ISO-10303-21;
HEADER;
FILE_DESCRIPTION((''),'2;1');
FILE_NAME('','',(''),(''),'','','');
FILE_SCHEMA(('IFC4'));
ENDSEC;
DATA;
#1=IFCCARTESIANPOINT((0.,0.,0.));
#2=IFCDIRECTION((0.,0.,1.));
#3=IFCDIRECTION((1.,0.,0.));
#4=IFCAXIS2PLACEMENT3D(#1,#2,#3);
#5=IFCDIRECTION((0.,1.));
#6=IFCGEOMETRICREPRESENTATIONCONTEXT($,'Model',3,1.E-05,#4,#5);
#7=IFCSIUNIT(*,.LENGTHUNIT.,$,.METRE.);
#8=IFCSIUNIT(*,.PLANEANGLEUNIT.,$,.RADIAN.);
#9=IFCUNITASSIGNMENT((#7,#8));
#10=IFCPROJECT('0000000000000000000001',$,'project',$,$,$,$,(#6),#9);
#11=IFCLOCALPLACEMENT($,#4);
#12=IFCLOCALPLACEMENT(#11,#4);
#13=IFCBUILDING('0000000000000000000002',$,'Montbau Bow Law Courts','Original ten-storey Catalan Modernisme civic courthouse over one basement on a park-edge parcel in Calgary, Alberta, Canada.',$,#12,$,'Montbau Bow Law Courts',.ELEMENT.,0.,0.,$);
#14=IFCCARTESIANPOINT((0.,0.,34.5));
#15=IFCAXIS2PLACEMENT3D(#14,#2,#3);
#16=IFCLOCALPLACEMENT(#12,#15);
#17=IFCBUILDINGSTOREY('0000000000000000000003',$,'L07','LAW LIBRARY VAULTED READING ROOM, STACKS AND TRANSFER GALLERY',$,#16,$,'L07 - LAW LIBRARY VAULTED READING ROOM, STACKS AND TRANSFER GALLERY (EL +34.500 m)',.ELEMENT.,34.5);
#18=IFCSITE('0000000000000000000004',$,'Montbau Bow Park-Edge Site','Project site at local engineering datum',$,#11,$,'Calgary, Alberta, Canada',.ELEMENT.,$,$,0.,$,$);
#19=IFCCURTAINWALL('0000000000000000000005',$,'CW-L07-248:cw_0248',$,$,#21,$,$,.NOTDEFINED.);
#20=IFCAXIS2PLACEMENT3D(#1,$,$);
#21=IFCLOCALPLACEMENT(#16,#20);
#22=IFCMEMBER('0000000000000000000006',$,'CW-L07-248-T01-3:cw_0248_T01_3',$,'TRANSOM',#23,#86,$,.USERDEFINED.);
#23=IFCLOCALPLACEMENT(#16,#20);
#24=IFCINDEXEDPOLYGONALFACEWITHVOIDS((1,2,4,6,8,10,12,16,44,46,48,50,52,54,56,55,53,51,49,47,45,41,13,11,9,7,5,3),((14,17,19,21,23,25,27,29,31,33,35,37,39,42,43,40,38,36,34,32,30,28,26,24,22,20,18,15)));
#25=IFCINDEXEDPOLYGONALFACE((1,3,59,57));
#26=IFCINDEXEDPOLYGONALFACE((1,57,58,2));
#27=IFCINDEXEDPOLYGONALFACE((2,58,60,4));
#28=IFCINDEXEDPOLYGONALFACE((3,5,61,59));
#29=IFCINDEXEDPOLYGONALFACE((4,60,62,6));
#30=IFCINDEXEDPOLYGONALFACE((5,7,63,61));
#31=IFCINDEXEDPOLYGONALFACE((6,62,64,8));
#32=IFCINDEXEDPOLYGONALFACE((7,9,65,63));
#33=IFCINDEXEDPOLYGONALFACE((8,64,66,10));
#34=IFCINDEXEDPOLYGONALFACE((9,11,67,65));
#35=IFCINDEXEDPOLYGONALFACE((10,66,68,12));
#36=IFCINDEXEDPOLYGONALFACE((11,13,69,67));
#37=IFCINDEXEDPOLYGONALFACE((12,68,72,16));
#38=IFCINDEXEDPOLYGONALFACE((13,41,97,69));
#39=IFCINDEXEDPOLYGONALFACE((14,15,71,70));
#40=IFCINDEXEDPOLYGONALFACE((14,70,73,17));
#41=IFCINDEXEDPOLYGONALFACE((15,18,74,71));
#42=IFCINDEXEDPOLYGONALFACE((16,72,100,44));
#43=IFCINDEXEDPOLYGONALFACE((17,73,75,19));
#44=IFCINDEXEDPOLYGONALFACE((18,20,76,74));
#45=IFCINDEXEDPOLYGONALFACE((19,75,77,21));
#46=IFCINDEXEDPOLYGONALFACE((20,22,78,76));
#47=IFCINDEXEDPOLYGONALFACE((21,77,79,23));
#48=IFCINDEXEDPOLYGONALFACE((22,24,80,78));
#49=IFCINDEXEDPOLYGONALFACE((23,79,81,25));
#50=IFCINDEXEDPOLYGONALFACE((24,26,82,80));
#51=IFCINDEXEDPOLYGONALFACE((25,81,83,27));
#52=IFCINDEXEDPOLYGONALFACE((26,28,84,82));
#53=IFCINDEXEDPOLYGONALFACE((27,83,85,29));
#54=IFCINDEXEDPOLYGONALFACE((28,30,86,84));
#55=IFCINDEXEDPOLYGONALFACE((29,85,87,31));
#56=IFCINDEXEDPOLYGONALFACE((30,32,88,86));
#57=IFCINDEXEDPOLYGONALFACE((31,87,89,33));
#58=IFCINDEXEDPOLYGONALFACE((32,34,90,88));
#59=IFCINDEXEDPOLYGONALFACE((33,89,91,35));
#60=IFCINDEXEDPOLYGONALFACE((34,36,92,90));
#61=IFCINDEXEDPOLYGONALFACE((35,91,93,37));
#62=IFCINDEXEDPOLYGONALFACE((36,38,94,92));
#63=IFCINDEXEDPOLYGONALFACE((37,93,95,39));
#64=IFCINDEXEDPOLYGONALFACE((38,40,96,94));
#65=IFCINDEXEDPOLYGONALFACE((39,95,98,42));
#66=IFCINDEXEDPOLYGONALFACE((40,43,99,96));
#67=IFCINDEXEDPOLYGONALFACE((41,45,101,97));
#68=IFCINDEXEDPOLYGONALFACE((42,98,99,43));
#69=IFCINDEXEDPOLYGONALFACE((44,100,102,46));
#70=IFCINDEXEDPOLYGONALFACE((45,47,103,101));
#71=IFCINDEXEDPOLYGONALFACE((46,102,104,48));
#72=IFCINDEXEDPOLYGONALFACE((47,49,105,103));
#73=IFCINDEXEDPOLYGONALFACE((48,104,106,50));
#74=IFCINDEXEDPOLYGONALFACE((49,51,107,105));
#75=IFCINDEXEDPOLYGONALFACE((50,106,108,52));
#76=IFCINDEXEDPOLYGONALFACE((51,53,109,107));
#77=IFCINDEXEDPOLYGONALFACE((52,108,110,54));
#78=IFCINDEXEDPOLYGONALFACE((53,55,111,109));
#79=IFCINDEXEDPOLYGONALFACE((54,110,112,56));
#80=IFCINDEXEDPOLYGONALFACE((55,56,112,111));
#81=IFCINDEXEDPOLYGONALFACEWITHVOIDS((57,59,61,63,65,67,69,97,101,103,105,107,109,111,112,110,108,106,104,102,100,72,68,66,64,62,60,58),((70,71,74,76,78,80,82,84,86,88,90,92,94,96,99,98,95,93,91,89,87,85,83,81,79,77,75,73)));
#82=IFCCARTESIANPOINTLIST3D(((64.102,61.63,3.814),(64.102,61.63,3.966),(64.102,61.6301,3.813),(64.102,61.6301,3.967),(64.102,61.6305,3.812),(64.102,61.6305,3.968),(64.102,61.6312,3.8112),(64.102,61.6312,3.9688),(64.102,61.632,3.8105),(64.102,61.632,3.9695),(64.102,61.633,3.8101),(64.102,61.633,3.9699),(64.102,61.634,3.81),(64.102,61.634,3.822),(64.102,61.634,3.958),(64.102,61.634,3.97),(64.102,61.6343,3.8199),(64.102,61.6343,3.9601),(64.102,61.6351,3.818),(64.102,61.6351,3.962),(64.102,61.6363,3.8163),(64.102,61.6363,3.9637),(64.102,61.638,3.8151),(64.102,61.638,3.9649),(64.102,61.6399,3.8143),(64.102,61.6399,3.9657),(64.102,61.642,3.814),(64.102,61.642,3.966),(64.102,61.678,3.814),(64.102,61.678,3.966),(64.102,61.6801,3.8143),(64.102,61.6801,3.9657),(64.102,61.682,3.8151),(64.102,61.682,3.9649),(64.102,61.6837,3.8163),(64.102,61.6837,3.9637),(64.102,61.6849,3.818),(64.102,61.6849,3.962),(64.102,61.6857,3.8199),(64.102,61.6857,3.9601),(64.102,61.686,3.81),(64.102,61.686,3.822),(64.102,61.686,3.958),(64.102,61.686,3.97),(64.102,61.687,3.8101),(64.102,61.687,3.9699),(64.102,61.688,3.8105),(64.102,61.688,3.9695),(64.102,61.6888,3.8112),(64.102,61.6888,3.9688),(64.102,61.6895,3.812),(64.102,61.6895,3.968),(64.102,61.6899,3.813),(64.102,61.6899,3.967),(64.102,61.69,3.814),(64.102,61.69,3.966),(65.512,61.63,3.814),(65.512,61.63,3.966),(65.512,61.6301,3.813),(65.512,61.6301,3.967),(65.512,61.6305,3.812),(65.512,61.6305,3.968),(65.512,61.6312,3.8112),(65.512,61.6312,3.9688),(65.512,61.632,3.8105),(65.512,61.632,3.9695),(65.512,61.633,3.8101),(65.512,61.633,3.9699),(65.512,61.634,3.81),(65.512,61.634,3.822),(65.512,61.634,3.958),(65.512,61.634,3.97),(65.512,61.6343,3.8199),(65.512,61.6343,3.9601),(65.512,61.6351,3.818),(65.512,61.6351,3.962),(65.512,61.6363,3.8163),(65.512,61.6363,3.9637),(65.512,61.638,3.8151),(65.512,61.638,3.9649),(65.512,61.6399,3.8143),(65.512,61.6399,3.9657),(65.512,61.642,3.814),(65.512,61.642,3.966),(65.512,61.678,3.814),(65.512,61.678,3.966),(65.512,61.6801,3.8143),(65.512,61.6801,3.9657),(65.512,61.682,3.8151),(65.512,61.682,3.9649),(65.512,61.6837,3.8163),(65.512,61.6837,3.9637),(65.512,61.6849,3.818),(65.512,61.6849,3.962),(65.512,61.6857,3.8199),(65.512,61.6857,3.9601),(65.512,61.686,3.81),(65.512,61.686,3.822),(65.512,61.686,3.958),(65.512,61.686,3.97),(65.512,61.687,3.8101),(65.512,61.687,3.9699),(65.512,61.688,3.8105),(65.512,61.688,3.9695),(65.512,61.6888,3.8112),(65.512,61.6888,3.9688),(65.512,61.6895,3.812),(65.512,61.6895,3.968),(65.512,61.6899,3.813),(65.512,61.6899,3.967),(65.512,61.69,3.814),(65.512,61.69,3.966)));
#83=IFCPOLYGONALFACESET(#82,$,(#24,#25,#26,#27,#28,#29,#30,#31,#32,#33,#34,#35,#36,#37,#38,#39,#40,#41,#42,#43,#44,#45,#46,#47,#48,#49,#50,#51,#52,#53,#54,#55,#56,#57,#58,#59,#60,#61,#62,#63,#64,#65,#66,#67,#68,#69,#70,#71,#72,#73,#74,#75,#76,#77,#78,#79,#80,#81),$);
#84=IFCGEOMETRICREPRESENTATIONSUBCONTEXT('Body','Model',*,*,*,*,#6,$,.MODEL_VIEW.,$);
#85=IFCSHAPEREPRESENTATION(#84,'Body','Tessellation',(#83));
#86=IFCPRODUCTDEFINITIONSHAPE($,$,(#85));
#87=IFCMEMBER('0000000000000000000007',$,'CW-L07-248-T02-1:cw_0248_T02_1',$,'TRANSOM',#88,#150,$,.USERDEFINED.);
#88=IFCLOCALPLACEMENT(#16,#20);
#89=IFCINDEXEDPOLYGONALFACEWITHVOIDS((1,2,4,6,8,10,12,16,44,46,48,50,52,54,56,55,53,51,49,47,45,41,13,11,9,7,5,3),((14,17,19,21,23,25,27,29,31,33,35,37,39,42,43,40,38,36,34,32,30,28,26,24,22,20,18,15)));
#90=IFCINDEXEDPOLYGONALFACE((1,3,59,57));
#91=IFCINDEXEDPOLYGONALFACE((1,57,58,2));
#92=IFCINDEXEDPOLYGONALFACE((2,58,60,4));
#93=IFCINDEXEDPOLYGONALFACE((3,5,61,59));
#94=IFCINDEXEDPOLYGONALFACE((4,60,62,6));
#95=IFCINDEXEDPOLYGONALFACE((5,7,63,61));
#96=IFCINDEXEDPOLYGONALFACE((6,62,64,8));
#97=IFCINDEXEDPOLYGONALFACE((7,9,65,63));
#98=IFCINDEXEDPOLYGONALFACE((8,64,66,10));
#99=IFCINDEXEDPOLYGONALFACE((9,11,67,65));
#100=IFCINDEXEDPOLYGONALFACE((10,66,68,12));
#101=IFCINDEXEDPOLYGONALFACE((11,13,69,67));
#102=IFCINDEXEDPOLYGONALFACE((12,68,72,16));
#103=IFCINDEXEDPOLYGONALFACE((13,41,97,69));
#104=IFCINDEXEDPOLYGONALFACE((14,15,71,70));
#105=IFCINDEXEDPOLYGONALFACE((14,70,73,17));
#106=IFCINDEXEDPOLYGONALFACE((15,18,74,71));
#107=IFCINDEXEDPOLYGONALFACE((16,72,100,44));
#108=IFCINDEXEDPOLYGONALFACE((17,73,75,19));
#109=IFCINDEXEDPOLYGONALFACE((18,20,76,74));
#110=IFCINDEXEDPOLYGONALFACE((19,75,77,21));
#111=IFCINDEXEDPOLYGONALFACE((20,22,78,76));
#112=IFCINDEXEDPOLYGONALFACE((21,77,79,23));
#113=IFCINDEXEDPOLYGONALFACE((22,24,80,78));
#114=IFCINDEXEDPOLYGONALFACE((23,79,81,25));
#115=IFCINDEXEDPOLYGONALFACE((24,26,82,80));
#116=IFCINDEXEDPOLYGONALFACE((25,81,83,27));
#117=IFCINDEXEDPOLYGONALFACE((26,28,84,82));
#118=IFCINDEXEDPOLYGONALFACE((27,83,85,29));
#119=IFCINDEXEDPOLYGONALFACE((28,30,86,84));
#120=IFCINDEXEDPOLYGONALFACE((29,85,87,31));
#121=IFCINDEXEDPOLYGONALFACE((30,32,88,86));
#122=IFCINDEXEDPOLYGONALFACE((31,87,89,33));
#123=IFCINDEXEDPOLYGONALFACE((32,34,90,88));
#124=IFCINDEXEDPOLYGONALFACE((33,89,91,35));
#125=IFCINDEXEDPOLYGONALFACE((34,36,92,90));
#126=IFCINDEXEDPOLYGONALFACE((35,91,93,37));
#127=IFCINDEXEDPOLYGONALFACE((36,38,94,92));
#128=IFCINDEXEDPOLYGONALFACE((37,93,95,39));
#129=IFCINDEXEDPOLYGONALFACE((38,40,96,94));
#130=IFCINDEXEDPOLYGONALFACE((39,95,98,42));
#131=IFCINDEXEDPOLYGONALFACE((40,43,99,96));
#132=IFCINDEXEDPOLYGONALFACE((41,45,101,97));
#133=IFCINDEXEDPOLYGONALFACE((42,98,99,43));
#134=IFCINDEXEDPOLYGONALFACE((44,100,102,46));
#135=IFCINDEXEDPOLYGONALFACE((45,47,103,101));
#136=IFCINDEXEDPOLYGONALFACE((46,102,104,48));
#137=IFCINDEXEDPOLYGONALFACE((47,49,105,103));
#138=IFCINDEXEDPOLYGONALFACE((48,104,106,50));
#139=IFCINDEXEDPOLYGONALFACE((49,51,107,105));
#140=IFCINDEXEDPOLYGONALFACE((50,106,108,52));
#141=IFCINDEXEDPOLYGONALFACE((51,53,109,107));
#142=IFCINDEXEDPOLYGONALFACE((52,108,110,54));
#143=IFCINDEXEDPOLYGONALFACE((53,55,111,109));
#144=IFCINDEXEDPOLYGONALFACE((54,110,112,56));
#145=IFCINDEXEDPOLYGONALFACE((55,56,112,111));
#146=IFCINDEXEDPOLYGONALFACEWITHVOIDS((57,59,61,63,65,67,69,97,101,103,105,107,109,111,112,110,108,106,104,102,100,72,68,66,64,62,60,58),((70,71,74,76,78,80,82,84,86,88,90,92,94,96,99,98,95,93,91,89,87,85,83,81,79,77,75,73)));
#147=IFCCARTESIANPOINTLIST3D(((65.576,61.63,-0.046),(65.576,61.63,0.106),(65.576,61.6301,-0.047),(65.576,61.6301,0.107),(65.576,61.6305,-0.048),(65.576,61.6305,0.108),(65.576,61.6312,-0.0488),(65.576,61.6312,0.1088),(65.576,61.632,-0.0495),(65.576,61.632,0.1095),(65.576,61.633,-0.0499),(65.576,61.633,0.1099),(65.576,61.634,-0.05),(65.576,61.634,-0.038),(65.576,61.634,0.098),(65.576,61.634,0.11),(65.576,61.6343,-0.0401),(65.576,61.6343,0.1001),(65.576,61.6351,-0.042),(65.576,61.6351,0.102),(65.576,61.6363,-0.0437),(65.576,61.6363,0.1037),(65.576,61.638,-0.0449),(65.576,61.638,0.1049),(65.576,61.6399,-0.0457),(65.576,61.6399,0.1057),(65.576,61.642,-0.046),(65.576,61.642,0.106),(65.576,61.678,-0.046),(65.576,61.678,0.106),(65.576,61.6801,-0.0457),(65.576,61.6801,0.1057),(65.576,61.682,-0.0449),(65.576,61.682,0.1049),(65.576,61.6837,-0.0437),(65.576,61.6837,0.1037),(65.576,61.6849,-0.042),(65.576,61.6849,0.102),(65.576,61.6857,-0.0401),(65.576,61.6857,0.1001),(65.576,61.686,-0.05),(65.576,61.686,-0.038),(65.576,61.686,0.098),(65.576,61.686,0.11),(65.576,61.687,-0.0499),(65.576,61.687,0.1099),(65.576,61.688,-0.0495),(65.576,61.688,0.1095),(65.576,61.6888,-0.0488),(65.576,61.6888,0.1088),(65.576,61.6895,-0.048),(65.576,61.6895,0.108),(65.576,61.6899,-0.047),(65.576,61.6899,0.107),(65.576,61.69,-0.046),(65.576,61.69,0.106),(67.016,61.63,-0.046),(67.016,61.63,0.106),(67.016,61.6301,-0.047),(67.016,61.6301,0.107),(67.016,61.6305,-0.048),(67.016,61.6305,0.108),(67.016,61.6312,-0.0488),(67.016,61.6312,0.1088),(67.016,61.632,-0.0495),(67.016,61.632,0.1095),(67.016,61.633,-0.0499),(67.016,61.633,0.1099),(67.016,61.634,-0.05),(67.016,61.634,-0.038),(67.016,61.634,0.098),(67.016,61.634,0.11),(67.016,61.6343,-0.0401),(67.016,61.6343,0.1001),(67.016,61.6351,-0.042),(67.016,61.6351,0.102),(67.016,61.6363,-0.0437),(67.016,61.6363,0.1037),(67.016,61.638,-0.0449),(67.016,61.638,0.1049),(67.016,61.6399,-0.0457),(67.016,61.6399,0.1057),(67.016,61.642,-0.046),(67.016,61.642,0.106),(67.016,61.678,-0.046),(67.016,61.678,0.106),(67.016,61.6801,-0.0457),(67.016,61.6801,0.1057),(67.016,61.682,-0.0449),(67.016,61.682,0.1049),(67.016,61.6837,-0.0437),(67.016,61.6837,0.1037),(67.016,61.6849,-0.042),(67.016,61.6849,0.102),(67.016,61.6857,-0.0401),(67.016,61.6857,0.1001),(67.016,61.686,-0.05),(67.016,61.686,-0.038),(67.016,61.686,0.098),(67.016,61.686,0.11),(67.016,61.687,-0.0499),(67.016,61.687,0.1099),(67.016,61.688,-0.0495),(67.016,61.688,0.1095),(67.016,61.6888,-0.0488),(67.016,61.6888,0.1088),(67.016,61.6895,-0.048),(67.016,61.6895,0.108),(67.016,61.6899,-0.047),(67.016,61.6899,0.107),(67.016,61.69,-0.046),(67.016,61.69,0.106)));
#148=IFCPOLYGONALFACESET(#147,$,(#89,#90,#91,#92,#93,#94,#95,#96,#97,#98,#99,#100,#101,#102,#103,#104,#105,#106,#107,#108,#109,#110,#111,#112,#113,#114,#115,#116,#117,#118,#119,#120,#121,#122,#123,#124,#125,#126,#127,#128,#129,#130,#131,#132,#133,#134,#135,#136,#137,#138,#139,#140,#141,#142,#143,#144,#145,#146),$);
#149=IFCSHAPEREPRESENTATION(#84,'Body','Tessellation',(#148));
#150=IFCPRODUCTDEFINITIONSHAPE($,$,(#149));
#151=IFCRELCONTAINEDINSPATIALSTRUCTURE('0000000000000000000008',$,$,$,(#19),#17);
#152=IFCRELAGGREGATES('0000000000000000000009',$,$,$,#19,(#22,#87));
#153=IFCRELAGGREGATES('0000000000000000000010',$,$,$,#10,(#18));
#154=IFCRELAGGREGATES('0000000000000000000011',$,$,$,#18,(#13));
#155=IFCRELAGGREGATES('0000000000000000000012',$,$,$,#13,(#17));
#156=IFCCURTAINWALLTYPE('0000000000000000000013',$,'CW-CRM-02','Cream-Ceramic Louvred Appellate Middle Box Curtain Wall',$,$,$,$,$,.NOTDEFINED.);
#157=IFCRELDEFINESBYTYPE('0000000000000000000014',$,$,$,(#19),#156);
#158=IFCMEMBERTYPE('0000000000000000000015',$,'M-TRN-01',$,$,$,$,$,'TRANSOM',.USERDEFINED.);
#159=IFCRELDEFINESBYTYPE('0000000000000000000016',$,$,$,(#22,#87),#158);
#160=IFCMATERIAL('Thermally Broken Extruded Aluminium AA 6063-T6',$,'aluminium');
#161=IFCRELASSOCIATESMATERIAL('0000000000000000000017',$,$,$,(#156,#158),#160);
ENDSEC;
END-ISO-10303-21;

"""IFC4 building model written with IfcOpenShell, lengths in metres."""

from ifc_helpers import new_model, si_unit, direction, frame, origin_with_axes, origin_2d_with_axis, place, context, subcontext, project, spatial, hollow_rectangle, extrude, material, material_profile, profile_set, type_object, element, aggregate, save


model = new_model("IFC4")

# Units and contexts
model_context = context("Model", 3, precision=1e-05, world=origin_with_axes(), true_north=direction((0.0, 1.0)))
body_context = subcontext(model_context, "Body", "Model", "MODEL_VIEW")
ifc_project = project(units=[si_unit("LENGTHUNIT", "METRE"), si_unit("PLANEANGLEUNIT", "RADIAN")], contexts=[model_context])

# Site, building, storey
site_placement = place(None, origin_with_axes())
site = spatial("IfcSite", under=ifc_project, at=site_placement, Name="Montbau Bow Park-Edge Site", Description="Project site at local engineering datum", LongName="Calgary, Alberta, Canada", CompositionType="ELEMENT", RefElevation=0.0)
building_placement = place(site_placement, origin_with_axes())
building = spatial("IfcBuilding", under=site, at=building_placement, Name="Montbau Bow Law Courts", Description="Original ten-storey Catalan Modernisme civic courthouse over one basement on a park-edge parcel in Calgary, Alberta, Canada.", LongName="Montbau Bow Law Courts", CompositionType="ELEMENT", ElevationOfRefHeight=0.0, ElevationOfTerrain=0.0)
storey_placement = place(building_placement, frame((0.0, 0.0, 34.5), z_axis=(0.0, 0.0, 1.0), x_axis=(1.0, 0.0, 0.0)))
storey = spatial("IfcBuildingStorey", under=building, at=storey_placement, Name="L07", Description="LAW LIBRARY VAULTED READING ROOM, STACKS AND TRANSFER GALLERY", LongName="L07 - LAW LIBRARY VAULTED READING ROOM, STACKS AND TRANSFER GALLERY (EL +34.500 m)", CompositionType="ELEMENT", Elevation=34.5)

# Curtain wall, members
ifc_material_1 = material(Name="Thermally Broken Extruded Aluminium AA 6063-T6", Category="aluminium")
curtain_wall_type = type_object("IfcCurtainWallType", Name="CW-CRM-02", Description="Cream-Ceramic Louvred Appellate Middle Box Curtain Wall", PredefinedType="NOTDEFINED", material=ifc_material_1)
curtain_wall_1_placement = place(None, frame((64.04, 61.66, 34.5), z_axis=(0.0, 0.0, 1.0), x_axis=(1.0, 0.0, 0.0)))
curtain_wall_1 = element("IfcCurtainWall", 1, at=curtain_wall_1_placement, inside=storey, type_object=curtain_wall_type, Name="CW-L07-248:cw_0248", PredefinedType="NOTDEFINED")
ifc_material_profile_1 = material_profile(ifc_material_1, hollow_rectangle(XDim=0.06, YDim=0.16, WallThickness=0.004, InnerFilletRadius=0.008, OuterFilletRadius=0.004, at=origin_2d_with_axis()), Name="CWT-160X60", Category="Main", Priority=0)
ifc_profile_set_1 = profile_set([ifc_material_profile_1], Name="Thermally Broken Extruded Aluminium AA 6063-T6")
member_type_1 = type_object("IfcMemberType", Name="M-TRN-01", ElementType="TRANSOM", PredefinedType="USERDEFINED", material=ifc_profile_set_1)
member_1_placement = place(None, frame((64.102, 61.66, 38.39), z_axis=(1.0, 0.0, 0.0), x_axis=(0.0, 1.0, 0.0)))
member_1 = element("IfcMember", 2, at=member_1_placement, type_object=member_type_1, Name="CW-L07-248-T01-3:cw_0248_T01_3", ObjectType="TRANSOM", PredefinedType="USERDEFINED", context=body_context, shape_type="SweptSolid", body=[
    extrude(hollow_rectangle(XDim=0.06, YDim=0.16, WallThickness=0.004, InnerFilletRadius=0.008, OuterFilletRadius=0.004, at=origin_2d_with_axis()), origin_with_axes(), (0.0, 0.0, 1.0), 1.41),
])
member_2_placement = place(None, frame((65.576, 61.66, 34.53), z_axis=(1.0, 0.0, 0.0), x_axis=(0.0, 1.0, 0.0)))
member_2 = element("IfcMember", 3, at=member_2_placement, type_object=member_type_1, Name="CW-L07-248-T02-1:cw_0248_T02_1", ObjectType="TRANSOM", PredefinedType="USERDEFINED", context=body_context, shape_type="SweptSolid", body=[
    extrude(hollow_rectangle(XDim=0.06, YDim=0.16, WallThickness=0.004, InnerFilletRadius=0.008, OuterFilletRadius=0.004, at=origin_2d_with_axis()), origin_with_axes(), (0.0, 0.0, 1.0), 1.44),
])

aggregate(curtain_wall_1, [member_1, member_2])

save(model, "model.ifc")
